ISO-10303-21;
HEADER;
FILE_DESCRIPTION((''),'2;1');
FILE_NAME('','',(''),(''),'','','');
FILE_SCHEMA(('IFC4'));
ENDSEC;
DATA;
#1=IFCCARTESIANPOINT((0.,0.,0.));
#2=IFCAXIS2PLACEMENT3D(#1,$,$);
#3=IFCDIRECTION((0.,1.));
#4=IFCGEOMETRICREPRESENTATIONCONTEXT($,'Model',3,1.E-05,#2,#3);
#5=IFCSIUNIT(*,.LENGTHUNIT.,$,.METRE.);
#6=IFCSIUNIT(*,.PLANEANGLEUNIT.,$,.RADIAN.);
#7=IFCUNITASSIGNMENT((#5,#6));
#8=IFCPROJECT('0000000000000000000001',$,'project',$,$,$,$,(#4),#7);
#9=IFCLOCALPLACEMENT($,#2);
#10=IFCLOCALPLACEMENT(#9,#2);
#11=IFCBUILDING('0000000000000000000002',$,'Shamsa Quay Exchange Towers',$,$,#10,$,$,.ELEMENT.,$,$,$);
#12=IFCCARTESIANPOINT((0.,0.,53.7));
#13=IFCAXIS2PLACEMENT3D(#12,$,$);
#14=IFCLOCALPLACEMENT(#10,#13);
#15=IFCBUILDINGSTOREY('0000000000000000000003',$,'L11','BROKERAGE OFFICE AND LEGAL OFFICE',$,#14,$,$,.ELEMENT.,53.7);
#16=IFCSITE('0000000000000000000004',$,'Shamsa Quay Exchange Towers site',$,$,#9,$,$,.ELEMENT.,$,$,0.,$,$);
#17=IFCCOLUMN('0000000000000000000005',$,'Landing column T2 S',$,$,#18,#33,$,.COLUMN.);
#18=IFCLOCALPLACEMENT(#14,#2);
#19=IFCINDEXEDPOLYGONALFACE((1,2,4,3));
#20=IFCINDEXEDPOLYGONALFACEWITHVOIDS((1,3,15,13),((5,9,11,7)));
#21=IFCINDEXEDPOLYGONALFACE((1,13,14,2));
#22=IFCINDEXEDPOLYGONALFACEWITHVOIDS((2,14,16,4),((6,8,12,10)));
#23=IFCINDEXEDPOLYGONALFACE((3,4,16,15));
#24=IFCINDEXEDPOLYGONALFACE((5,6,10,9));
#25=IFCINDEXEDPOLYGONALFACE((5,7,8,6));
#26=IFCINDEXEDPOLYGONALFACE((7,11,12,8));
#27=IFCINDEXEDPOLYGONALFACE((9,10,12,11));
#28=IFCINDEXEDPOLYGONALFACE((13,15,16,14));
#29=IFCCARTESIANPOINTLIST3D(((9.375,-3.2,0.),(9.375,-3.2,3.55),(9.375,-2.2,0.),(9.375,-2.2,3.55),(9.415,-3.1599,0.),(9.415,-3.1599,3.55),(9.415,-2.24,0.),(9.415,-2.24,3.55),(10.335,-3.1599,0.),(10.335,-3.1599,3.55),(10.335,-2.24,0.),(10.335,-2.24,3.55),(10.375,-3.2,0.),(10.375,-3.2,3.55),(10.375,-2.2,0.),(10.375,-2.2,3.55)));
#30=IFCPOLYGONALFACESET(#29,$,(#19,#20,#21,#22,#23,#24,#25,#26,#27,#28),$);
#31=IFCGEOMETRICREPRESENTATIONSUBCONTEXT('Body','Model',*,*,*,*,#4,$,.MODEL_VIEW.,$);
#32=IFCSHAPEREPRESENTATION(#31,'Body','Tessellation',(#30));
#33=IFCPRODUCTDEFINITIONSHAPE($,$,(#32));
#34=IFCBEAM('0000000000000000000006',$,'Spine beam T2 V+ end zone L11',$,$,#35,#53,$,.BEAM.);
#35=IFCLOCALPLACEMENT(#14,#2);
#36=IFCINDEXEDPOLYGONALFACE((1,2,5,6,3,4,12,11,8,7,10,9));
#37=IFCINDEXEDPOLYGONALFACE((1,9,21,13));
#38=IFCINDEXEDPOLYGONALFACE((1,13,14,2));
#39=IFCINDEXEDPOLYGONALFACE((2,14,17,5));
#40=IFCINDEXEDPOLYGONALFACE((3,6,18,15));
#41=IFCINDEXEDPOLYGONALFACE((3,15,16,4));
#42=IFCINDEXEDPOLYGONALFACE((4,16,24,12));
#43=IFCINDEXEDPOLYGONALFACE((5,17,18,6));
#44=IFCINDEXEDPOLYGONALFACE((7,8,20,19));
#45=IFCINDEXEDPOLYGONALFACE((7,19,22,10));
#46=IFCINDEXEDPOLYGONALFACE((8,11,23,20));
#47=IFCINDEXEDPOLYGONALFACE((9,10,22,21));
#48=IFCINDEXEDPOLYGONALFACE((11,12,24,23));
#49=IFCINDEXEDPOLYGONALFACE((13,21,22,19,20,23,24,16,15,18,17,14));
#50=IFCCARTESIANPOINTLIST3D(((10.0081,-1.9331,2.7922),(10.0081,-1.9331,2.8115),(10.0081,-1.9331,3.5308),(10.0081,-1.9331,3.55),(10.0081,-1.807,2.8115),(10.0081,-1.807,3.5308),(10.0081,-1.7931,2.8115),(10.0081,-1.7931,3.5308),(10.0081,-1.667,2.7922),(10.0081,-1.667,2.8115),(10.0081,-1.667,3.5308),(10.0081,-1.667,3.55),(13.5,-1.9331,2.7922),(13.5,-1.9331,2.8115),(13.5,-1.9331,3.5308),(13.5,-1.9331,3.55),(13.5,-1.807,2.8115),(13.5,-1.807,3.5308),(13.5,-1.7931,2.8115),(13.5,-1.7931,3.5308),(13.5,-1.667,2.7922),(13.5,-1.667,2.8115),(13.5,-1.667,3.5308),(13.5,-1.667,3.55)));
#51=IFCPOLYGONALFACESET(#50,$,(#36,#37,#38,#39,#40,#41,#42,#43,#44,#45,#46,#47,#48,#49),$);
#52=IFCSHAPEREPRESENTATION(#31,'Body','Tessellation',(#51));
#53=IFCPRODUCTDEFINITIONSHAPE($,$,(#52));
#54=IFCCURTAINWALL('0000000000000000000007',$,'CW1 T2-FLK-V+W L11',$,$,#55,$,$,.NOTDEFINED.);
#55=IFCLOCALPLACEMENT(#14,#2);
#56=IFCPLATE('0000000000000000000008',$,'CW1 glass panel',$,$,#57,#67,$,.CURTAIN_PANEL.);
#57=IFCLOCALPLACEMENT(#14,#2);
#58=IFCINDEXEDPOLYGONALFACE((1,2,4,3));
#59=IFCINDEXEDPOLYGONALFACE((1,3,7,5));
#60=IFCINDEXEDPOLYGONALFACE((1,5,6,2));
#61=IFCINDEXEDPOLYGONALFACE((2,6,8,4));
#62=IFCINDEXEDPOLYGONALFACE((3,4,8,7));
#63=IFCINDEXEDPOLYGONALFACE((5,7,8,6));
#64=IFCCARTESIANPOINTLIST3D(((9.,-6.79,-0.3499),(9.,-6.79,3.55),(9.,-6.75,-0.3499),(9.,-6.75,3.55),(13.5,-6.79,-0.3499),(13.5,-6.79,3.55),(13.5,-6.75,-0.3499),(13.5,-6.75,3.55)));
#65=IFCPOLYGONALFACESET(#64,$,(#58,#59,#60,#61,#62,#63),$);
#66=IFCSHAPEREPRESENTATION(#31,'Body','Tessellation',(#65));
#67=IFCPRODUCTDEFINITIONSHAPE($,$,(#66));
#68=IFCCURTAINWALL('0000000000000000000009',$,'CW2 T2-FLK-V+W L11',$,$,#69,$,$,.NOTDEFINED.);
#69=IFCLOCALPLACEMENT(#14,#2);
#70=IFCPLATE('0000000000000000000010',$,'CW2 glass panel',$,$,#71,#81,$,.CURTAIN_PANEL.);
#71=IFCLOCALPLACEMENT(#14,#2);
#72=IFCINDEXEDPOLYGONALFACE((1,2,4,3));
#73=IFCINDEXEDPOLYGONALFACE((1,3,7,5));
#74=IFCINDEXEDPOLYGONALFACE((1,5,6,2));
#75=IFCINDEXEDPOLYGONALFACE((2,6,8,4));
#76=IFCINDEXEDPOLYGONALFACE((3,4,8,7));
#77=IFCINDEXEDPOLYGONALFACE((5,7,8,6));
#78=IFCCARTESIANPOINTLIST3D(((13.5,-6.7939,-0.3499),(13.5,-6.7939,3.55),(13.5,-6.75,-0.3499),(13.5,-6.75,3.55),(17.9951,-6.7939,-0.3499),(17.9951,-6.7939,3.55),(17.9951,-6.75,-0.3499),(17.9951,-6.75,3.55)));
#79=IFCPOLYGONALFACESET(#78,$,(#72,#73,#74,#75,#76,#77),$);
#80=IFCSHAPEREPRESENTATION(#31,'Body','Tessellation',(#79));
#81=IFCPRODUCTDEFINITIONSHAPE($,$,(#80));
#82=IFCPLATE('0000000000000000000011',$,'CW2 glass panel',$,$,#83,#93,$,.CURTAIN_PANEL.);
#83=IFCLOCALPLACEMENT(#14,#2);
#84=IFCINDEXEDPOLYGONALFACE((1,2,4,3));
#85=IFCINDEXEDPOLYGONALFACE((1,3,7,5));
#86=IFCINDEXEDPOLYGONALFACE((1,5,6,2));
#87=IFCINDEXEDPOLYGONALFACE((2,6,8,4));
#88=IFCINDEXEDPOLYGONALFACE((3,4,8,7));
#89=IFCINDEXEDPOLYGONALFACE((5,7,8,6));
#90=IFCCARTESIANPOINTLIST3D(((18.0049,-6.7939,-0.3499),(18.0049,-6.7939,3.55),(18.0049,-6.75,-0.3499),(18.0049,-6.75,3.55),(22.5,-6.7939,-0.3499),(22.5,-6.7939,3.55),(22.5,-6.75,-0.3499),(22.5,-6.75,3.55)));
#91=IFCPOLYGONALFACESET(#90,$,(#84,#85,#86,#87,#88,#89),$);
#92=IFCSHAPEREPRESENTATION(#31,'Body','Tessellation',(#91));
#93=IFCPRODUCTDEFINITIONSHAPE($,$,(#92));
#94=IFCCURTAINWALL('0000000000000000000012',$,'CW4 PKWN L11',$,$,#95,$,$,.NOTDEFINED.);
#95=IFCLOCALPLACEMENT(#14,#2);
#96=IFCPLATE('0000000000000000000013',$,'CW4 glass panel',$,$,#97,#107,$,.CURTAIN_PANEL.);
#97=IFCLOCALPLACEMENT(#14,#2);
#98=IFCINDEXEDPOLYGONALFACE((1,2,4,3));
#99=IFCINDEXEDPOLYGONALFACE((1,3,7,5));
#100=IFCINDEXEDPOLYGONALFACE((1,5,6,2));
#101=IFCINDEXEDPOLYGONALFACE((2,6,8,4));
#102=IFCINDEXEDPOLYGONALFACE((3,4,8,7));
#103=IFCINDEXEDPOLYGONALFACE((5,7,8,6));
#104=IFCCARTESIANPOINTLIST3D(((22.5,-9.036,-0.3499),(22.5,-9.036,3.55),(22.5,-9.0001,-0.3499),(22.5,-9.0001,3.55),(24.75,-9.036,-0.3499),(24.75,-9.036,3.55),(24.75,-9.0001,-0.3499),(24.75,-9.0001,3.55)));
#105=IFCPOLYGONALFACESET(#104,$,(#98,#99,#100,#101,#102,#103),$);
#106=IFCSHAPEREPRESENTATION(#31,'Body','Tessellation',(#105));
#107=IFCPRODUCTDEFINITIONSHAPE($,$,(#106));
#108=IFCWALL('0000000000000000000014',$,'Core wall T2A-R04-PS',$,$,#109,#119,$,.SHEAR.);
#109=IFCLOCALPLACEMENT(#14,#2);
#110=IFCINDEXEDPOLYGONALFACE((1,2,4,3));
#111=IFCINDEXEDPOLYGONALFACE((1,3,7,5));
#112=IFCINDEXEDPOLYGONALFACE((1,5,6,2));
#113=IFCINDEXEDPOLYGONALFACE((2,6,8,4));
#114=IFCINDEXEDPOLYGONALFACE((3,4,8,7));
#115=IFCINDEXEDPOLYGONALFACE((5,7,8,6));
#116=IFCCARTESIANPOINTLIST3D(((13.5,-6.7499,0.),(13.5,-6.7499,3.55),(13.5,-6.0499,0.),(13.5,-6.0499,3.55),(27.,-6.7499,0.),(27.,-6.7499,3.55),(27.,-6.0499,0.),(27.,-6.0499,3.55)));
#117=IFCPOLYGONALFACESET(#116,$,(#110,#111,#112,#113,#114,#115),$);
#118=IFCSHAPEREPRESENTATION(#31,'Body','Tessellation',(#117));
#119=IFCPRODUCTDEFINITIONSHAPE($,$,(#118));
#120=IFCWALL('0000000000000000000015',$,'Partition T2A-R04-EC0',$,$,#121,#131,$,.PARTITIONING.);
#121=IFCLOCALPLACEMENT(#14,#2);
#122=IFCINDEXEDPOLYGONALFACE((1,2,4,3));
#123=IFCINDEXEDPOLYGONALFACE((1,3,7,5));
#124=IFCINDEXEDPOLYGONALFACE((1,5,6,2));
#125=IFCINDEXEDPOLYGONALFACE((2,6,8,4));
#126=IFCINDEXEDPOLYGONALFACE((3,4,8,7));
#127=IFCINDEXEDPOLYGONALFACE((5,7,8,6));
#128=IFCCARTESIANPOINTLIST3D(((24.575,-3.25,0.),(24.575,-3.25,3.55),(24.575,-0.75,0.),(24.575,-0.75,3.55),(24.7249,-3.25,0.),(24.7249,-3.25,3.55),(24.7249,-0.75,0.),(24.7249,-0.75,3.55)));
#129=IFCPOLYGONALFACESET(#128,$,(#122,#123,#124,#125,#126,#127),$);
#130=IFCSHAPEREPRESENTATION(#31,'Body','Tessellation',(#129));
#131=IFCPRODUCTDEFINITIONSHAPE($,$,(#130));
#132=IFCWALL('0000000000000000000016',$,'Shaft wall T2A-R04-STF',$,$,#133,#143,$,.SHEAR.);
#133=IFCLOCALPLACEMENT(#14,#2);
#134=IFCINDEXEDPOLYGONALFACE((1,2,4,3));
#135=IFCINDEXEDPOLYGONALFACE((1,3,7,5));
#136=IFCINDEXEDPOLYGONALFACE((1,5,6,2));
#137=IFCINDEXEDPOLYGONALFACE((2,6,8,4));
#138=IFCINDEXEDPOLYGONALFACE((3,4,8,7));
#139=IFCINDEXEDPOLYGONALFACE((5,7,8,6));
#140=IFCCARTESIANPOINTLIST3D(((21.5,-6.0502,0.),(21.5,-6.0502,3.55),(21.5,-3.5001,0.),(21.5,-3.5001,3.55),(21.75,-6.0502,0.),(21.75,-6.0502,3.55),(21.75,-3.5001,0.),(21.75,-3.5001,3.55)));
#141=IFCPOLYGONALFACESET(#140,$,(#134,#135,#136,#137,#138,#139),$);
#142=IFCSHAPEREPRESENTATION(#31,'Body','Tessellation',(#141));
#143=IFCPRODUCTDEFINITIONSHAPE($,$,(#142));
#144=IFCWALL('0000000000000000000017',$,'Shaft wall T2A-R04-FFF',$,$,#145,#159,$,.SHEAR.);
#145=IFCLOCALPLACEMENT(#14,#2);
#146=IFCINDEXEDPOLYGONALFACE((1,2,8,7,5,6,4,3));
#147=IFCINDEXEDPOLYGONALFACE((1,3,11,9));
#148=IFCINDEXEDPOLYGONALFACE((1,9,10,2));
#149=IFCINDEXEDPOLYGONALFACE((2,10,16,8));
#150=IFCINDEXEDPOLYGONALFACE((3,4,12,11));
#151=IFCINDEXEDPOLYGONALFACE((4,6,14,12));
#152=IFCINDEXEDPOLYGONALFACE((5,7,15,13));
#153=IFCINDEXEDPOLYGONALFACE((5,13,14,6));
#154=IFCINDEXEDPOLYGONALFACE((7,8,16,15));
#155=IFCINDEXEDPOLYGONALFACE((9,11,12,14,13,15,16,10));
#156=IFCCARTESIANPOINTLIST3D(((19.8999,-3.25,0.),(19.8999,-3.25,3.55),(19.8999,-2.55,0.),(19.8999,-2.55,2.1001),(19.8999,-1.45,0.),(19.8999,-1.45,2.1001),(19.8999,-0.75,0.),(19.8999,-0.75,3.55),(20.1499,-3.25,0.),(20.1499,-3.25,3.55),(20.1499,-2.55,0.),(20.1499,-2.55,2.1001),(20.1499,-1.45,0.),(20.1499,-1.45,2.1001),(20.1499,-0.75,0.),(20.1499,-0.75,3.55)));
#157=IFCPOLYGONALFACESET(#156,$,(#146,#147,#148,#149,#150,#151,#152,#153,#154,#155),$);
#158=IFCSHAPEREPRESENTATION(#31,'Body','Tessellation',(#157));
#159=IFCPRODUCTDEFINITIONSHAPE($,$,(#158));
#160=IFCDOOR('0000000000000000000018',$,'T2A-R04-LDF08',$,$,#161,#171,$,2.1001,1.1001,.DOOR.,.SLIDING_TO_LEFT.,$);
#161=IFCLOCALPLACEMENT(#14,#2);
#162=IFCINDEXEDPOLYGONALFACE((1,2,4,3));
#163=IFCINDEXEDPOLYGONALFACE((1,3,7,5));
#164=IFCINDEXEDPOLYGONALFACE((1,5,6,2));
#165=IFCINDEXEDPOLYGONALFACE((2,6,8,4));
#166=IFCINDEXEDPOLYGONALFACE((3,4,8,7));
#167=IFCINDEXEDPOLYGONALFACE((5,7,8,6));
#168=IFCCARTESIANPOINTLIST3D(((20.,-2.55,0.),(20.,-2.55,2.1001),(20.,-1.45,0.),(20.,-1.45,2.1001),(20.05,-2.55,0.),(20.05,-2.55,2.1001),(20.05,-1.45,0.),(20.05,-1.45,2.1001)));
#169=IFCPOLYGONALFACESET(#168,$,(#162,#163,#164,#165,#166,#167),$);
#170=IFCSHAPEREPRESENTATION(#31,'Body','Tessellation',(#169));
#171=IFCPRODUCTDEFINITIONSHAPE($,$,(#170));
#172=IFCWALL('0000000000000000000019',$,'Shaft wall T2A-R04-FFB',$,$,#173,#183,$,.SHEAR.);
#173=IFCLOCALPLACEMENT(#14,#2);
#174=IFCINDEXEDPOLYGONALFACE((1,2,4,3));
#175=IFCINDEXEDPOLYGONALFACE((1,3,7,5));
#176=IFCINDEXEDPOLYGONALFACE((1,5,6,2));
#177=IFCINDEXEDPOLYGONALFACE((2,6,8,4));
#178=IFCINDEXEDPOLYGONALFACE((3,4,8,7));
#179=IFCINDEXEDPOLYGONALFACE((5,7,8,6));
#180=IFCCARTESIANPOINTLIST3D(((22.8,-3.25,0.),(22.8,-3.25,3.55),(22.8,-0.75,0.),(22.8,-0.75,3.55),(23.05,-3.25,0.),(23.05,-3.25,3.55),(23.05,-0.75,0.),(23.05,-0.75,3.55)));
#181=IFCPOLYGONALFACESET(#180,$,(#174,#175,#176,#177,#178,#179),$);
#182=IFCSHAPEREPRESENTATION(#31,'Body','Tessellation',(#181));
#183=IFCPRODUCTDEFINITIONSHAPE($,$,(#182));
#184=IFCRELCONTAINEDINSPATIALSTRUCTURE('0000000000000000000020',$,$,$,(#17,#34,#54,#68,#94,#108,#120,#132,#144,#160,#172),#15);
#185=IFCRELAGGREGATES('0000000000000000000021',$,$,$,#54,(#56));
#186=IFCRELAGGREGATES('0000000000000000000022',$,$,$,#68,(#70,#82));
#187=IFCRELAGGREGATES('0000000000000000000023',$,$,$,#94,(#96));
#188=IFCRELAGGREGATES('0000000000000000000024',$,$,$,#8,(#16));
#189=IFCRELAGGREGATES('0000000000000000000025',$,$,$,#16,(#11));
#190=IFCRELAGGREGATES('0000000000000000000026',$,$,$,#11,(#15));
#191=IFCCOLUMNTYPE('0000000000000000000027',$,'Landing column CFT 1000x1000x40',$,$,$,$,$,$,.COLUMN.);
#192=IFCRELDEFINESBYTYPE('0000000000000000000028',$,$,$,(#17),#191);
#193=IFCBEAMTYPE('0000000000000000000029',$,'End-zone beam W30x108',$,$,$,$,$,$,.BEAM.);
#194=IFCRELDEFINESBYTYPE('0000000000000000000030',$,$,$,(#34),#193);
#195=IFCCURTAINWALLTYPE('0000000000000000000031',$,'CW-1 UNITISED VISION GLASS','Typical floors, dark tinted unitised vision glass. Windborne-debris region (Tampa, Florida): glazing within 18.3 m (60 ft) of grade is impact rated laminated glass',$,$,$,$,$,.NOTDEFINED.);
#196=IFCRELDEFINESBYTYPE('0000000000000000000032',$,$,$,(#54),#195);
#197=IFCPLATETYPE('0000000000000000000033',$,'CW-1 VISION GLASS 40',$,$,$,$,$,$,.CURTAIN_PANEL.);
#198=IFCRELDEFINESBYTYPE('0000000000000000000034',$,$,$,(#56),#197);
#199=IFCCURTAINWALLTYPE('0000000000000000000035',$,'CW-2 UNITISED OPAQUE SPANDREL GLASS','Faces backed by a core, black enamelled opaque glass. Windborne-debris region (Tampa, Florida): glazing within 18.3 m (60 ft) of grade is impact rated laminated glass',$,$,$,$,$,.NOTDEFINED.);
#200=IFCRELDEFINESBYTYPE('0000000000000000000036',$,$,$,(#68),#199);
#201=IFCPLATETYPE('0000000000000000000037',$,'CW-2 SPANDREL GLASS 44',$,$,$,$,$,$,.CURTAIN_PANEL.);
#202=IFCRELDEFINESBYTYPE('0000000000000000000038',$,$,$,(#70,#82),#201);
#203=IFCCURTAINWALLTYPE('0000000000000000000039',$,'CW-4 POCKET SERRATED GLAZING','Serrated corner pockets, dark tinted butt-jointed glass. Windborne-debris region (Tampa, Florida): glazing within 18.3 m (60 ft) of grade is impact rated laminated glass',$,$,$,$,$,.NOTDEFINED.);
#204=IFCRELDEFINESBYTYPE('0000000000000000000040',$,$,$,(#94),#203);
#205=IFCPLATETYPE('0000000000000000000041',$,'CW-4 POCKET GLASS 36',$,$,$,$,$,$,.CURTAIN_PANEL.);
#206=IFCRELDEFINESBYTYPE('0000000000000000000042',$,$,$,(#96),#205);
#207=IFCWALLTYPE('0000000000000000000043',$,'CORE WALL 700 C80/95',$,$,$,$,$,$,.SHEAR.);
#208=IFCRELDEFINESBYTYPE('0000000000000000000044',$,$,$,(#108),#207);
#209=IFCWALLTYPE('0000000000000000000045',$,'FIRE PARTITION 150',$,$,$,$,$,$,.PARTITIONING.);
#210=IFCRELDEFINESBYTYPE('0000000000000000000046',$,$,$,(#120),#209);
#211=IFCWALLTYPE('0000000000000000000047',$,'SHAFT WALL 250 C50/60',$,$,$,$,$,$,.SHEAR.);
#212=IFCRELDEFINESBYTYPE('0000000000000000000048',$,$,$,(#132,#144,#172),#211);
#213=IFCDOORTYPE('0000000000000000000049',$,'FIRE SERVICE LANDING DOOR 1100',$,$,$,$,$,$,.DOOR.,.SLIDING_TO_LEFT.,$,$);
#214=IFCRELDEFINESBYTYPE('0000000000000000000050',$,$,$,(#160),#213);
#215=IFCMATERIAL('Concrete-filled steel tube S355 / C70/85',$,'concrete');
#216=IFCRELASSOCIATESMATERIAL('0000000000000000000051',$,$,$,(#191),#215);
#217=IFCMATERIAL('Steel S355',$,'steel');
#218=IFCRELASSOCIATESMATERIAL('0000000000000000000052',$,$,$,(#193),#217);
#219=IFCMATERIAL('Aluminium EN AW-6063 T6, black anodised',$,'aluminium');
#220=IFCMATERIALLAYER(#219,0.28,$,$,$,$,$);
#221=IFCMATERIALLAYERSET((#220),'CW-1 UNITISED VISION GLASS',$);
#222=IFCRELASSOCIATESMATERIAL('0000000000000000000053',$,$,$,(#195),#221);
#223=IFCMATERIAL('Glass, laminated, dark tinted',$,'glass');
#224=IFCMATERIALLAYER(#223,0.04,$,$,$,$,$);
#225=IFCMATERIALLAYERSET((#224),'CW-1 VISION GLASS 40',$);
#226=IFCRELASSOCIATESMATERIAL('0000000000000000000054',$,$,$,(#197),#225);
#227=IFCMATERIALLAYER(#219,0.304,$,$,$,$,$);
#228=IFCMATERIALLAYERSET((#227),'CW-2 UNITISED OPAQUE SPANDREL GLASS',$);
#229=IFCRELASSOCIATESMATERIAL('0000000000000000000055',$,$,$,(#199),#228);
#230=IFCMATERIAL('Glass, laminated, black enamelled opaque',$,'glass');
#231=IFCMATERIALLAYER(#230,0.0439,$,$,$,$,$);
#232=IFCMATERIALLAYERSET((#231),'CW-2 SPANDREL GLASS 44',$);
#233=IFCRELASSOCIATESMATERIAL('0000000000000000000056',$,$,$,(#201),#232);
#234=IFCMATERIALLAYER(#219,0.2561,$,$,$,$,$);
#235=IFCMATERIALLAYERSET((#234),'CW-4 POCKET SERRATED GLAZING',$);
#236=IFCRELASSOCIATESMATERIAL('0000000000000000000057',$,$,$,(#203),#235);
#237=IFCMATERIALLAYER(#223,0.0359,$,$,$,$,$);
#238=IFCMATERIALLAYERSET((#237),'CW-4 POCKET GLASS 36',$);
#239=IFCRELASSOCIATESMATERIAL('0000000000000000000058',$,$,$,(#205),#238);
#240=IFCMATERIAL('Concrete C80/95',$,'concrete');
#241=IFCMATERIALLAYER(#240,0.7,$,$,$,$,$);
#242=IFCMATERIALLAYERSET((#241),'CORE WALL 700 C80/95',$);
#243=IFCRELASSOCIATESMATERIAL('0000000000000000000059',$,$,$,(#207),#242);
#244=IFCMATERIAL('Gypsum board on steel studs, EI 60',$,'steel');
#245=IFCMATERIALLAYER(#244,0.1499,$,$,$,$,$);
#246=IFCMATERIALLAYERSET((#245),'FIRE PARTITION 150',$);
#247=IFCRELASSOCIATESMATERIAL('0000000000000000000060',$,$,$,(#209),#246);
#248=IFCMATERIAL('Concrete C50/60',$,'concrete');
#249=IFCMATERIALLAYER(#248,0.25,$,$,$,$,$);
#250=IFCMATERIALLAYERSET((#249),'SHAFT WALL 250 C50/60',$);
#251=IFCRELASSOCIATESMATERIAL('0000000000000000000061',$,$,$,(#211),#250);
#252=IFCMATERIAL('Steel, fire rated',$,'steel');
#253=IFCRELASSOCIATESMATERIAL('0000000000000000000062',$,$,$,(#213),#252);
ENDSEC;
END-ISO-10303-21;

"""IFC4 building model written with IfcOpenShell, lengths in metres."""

from ifc_helpers import new_model, si_unit, direction, frame, frame_2d, origin, origin_2d, place, context, subcontext, project, spatial, rectangle, hollow_rectangle, i_section, extrude, material, layer, layer_set, material_profile, profile_set, type_object, element, fill, aggregate, save


model = new_model("IFC4")

# Units and contexts
model_context = context("Model", 3, precision=1e-05, world=origin(), true_north=direction((0.0, 1.0)))
body_context = subcontext(model_context, "Body", "Model", "MODEL_VIEW")
ifc_project = project(units=[si_unit("LENGTHUNIT", "METRE"), si_unit("PLANEANGLEUNIT", "RADIAN")], contexts=[model_context])

# Site, building, storey
site_placement = place(None, origin())
site = spatial("IfcSite", under=ifc_project, at=site_placement, Name="Shamsa Quay Exchange Towers site", CompositionType="ELEMENT", RefElevation=0.0)
building_placement = place(site_placement, origin())
building = spatial("IfcBuilding", under=site, at=building_placement, Name="Shamsa Quay Exchange Towers", CompositionType="ELEMENT")
storey_placement = place(building_placement, frame((0.0, 0.0, 53.7)))
storey = spatial("IfcBuildingStorey", under=building, at=storey_placement, Name="L11", Description="BROKERAGE OFFICE AND LEGAL OFFICE", CompositionType="ELEMENT", Elevation=53.7)

# Column
ifc_material_1 = material(Name="Concrete-filled steel tube S355 / C70/85", Category="concrete")
ifc_material_profile_1 = material_profile(ifc_material_1, hollow_rectangle(XDim=1.0, YDim=1.0, WallThickness=0.04, at=origin_2d()), Name="CFT 1000x1000x40")
ifc_profile_set_1 = profile_set([ifc_material_profile_1], Name="Concrete-filled steel tube S355 / C70/85")
column_type = type_object("IfcColumnType", Name="Landing column CFT 1000x1000x40", PredefinedType="COLUMN", material=ifc_profile_set_1)
column_placement = place(storey_placement, frame((9.875, -2.7, 0.0)))
element("IfcColumn", 1, at=column_placement, inside=storey, type_object=column_type, Name="Landing column T2 S", PredefinedType="COLUMN", context=body_context, shape_type="SweptSolid", body=[
    extrude(hollow_rectangle(XDim=1.0, YDim=1.0, WallThickness=0.04, at=origin_2d()), origin(), (0.0, 0.0, 1.0), 3.55),
])

# Beam
ifc_material_2 = material(Name="Steel S355", Category="steel")
ifc_material_profile_2 = material_profile(ifc_material_2, i_section(OverallWidth=0.2661, OverallDepth=0.7578, WebThickness=0.0139, FlangeThickness=0.0193, at=origin_2d()), Name="W30x108")
ifc_profile_set_2 = profile_set([ifc_material_profile_2], Name="Steel S355")
beam_type = type_object("IfcBeamType", Name="End-zone beam W30x108", PredefinedType="BEAM", material=ifc_profile_set_2)
beam_placement = place(storey_placement, frame((13.5, -1.8, 3.1711), z_axis=(-1.0, 0.0, 0.0), x_axis=(0.0, -1.0, 0.0)))
element("IfcBeam", 2, at=beam_placement, inside=storey, type_object=beam_type, Name="Spine beam T2 V+ end zone L11", PredefinedType="BEAM", context=body_context, shape_type="SweptSolid", body=[
    extrude(i_section(OverallWidth=0.2661, OverallDepth=0.7578, WebThickness=0.0139, FlangeThickness=0.0193, at=origin_2d()), origin(), (0.0, 0.0, 1.0), 3.4919),
])

# Curtain wall, plate
ifc_material_3 = material(Name="Aluminium EN AW-6063 T6, black anodised", Category="aluminium")
ifc_layer_1 = layer(ifc_material_3, 0.28)
ifc_layer_set_1 = layer_set([ifc_layer_1], Name="CW-1 UNITISED VISION GLASS")
curtain_wall_type_1 = type_object("IfcCurtainWallType", Name="CW-1 UNITISED VISION GLASS", Description="Typical floors, dark tinted unitised vision glass. Windborne-debris region (Tampa, Florida): glazing within 18.3 m (60 ft) of grade is impact rated laminated glass", PredefinedType="NOTDEFINED", material=ifc_layer_set_1)
curtain_wall_1_placement = place(storey_placement, origin())
curtain_wall_1 = element("IfcCurtainWall", 3, at=curtain_wall_1_placement, inside=storey, type_object=curtain_wall_type_1, Name="CW1 T2-FLK-V+W L11", PredefinedType="NOTDEFINED")
ifc_material_4 = material(Name="Glass, laminated, dark tinted", Category="glass")
ifc_layer_2 = layer(ifc_material_4, 0.04)
ifc_layer_set_2 = layer_set([ifc_layer_2], Name="CW-1 VISION GLASS 40")
plate_type_1 = type_object("IfcPlateType", Name="CW-1 VISION GLASS 40", PredefinedType="CURTAIN_PANEL", material=ifc_layer_set_2)
plate_1_placement = place(storey_placement, frame((11.25, -6.77, -0.3499)))
plate_1 = element("IfcPlate", 4, at=plate_1_placement, type_object=plate_type_1, Name="CW1 glass panel", PredefinedType="CURTAIN_PANEL", context=body_context, shape_type="SweptSolid", body=[
    extrude(rectangle(XDim=4.5, YDim=0.04, at=origin_2d()), origin(), (0.0, 0.0, 1.0), 3.8999),
])
aggregate(curtain_wall_1, [plate_1])

# Curtain wall, plates
ifc_layer_3 = layer(ifc_material_3, 0.304)
ifc_layer_set_3 = layer_set([ifc_layer_3], Name="CW-2 UNITISED OPAQUE SPANDREL GLASS")
curtain_wall_type_2 = type_object("IfcCurtainWallType", Name="CW-2 UNITISED OPAQUE SPANDREL GLASS", Description="Faces backed by a core, black enamelled opaque glass. Windborne-debris region (Tampa, Florida): glazing within 18.3 m (60 ft) of grade is impact rated laminated glass", PredefinedType="NOTDEFINED", material=ifc_layer_set_3)
curtain_wall_2_placement = place(storey_placement, origin())
curtain_wall_2 = element("IfcCurtainWall", 5, at=curtain_wall_2_placement, inside=storey, type_object=curtain_wall_type_2, Name="CW2 T2-FLK-V+W L11", PredefinedType="NOTDEFINED")
ifc_material_5 = material(Name="Glass, laminated, black enamelled opaque", Category="glass")
ifc_layer_4 = layer(ifc_material_5, 0.0439)
ifc_layer_set_4 = layer_set([ifc_layer_4], Name="CW-2 SPANDREL GLASS 44")
plate_type_2 = type_object("IfcPlateType", Name="CW-2 SPANDREL GLASS 44", PredefinedType="CURTAIN_PANEL", material=ifc_layer_set_4)
plate_2_placement = place(storey_placement, frame((15.7476, -6.772, -0.3499)))
plate_2 = element("IfcPlate", 6, at=plate_2_placement, type_object=plate_type_2, Name="CW2 glass panel", PredefinedType="CURTAIN_PANEL", context=body_context, shape_type="SweptSolid", body=[
    extrude(rectangle(XDim=4.4951, YDim=0.0439, at=origin_2d()), origin(), (0.0, 0.0, 1.0), 3.8999),
])
plate_3_placement = place(storey_placement, frame((20.2524, -6.772, -0.3499)))
plate_3 = element("IfcPlate", 7, at=plate_3_placement, type_object=plate_type_2, Name="CW2 glass panel", PredefinedType="CURTAIN_PANEL", context=body_context, shape_type="SweptSolid", body=[
    extrude(rectangle(XDim=4.4951, YDim=0.0439, at=origin_2d()), origin(), (0.0, 0.0, 1.0), 3.8999),
])
aggregate(curtain_wall_2, [plate_2, plate_3])

# Curtain wall, plate
ifc_layer_5 = layer(ifc_material_3, 0.2561)
ifc_layer_set_5 = layer_set([ifc_layer_5], Name="CW-4 POCKET SERRATED GLAZING")
curtain_wall_type_3 = type_object("IfcCurtainWallType", Name="CW-4 POCKET SERRATED GLAZING", Description="Serrated corner pockets, dark tinted butt-jointed glass. Windborne-debris region (Tampa, Florida): glazing within 18.3 m (60 ft) of grade is impact rated laminated glass", PredefinedType="NOTDEFINED", material=ifc_layer_set_5)
curtain_wall_3_placement = place(storey_placement, origin())
curtain_wall_3 = element("IfcCurtainWall", 8, at=curtain_wall_3_placement, inside=storey, type_object=curtain_wall_type_3, Name="CW4 PKWN L11", PredefinedType="NOTDEFINED")
ifc_layer_6 = layer(ifc_material_4, 0.0359)
ifc_layer_set_6 = layer_set([ifc_layer_6], Name="CW-4 POCKET GLASS 36")
plate_type_3 = type_object("IfcPlateType", Name="CW-4 POCKET GLASS 36", PredefinedType="CURTAIN_PANEL", material=ifc_layer_set_6)
plate_4_placement = place(storey_placement, frame((23.625, -9.0181, -0.3499)))
plate_4 = element("IfcPlate", 9, at=plate_4_placement, type_object=plate_type_3, Name="CW4 glass panel", PredefinedType="CURTAIN_PANEL", context=body_context, shape_type="SweptSolid", body=[
    extrude(rectangle(XDim=2.25, YDim=0.0359, at=origin_2d()), origin(), (0.0, 0.0, 1.0), 3.8999),
])
aggregate(curtain_wall_3, [plate_4])

# Walls
ifc_material_6 = material(Name="Concrete C80/95", Category="concrete")
ifc_layer_7 = layer(ifc_material_6, 0.7)
ifc_layer_set_7 = layer_set([ifc_layer_7], Name="CORE WALL 700 C80/95")
wall_type_1 = type_object("IfcWallType", Name="CORE WALL 700 C80/95", PredefinedType="SHEAR", material=ifc_layer_set_7)
wall_1_placement = place(storey_placement, frame((13.5, -6.3999, 0.0)))
element("IfcWall", 10, at=wall_1_placement, inside=storey, type_object=wall_type_1, Name="Core wall T2A-R04-PS", PredefinedType="SHEAR", context=body_context, shape_type="SweptSolid", body=[
    extrude(rectangle(XDim=13.5, YDim=0.7, at=frame_2d((6.75, 0.0))), origin(), (0.0, 0.0, 1.0), 3.55),
])
ifc_material_7 = material(Name="Gypsum board on steel studs, EI 60", Category="steel")
ifc_layer_8 = layer(ifc_material_7, 0.1499)
ifc_layer_set_8 = layer_set([ifc_layer_8], Name="FIRE PARTITION 150")
wall_type_2 = type_object("IfcWallType", Name="FIRE PARTITION 150", PredefinedType="PARTITIONING", material=ifc_layer_set_8)
wall_2_placement = place(storey_placement, frame((24.6499, -3.25, 0.0), z_axis=(0.0, 0.0, 1.0), x_axis=(0.0, 1.0, 0.0)))
element("IfcWall", 11, at=wall_2_placement, inside=storey, type_object=wall_type_2, Name="Partition T2A-R04-EC0", PredefinedType="PARTITIONING", context=body_context, shape_type="SweptSolid", body=[
    extrude(rectangle(XDim=2.5, YDim=0.1499, at=frame_2d((1.25, 0.0))), origin(), (0.0, 0.0, 1.0), 3.55),
])
ifc_material_8 = material(Name="Concrete C50/60", Category="concrete")
ifc_layer_9 = layer(ifc_material_8, 0.25)
ifc_layer_set_9 = layer_set([ifc_layer_9], Name="SHAFT WALL 250 C50/60")
wall_type_3 = type_object("IfcWallType", Name="SHAFT WALL 250 C50/60", PredefinedType="SHEAR", material=ifc_layer_set_9)
wall_3_placement = place(storey_placement, frame((21.625, -6.05, 0.0), z_axis=(0.0, 0.0, 1.0), x_axis=(0.0, 1.0, 0.0)))
element("IfcWall", 12, at=wall_3_placement, inside=storey, type_object=wall_type_3, Name="Shaft wall T2A-R04-STF", PredefinedType="SHEAR", context=body_context, shape_type="SweptSolid", body=[
    extrude(rectangle(XDim=2.55, YDim=0.25, at=frame_2d((1.2749, 0.0))), origin(), (0.0, 0.0, 1.0), 3.55),
])

# Wall, opening, door
wall_4_placement = place(storey_placement, frame((20.0249, -3.25, 0.0), z_axis=(0.0, 0.0, 1.0), x_axis=(0.0, 1.0, 0.0)))
wall_4 = element("IfcWall", 13, at=wall_4_placement, inside=storey, type_object=wall_type_3, Name="Shaft wall T2A-R04-FFF", PredefinedType="SHEAR", context=body_context, shape_type="SweptSolid", body=[
    extrude(rectangle(XDim=2.5, YDim=0.25, at=frame_2d((1.25, 0.0))), origin(), (0.0, 0.0, 1.0), 3.55),
])
opening_1_placement = place(wall_4_placement, frame((0.7, 0.0, 0.0)))
opening_1 = element("IfcOpeningElement", 14, at=opening_1_placement, cuts=wall_4, PredefinedType="OPENING", context=body_context, shape_type="SweptSolid", body=[
    extrude(rectangle(XDim=1.1001, YDim=2.1001, at=frame_2d((0.55, 1.05))), frame((0.0, 0.135, 0.0), z_axis=(0.0, -1.0, 0.0), x_axis=(1.0, 0.0, 0.0)), (0.0, 0.0, 1.0), 0.27),
])
ifc_material_9 = material(Name="Steel, fire rated", Category="steel")
door_type_1 = type_object("IfcDoorType", Name="FIRE SERVICE LANDING DOOR 1100", OperationType="SLIDING_TO_LEFT", PredefinedType="DOOR", material=ifc_material_9)
door_1_placement = place(opening_1_placement, origin())
door_1 = element("IfcDoor", 15, at=door_1_placement, inside=storey, type_object=door_type_1, Name="T2A-R04-LDF08", OperationType="SLIDING_TO_LEFT", OverallHeight=2.1001, OverallWidth=1.1001, PredefinedType="DOOR", context=body_context, shape_type="SweptSolid", body=[
    extrude(rectangle(XDim=1.1001, YDim=2.1001, at=frame_2d((0.55, 1.05))), frame((0.0, 0.0249, 0.0), z_axis=(0.0, -1.0, 0.0), x_axis=(1.0, 0.0, 0.0)), (0.0, 0.0, 1.0), 0.05),
])
fill(opening_1, door_1)

# Wall
wall_5_placement = place(storey_placement, frame((22.925, -3.25, 0.0), z_axis=(0.0, 0.0, 1.0), x_axis=(0.0, 1.0, 0.0)))
element("IfcWall", 16, at=wall_5_placement, inside=storey, type_object=wall_type_3, Name="Shaft wall T2A-R04-FFB", PredefinedType="SHEAR", context=body_context, shape_type="SweptSolid", body=[
    extrude(rectangle(XDim=2.5, YDim=0.25, at=frame_2d((1.25, 0.0))), origin(), (0.0, 0.0, 1.0), 3.55),
])

save(model, "model.ifc")
